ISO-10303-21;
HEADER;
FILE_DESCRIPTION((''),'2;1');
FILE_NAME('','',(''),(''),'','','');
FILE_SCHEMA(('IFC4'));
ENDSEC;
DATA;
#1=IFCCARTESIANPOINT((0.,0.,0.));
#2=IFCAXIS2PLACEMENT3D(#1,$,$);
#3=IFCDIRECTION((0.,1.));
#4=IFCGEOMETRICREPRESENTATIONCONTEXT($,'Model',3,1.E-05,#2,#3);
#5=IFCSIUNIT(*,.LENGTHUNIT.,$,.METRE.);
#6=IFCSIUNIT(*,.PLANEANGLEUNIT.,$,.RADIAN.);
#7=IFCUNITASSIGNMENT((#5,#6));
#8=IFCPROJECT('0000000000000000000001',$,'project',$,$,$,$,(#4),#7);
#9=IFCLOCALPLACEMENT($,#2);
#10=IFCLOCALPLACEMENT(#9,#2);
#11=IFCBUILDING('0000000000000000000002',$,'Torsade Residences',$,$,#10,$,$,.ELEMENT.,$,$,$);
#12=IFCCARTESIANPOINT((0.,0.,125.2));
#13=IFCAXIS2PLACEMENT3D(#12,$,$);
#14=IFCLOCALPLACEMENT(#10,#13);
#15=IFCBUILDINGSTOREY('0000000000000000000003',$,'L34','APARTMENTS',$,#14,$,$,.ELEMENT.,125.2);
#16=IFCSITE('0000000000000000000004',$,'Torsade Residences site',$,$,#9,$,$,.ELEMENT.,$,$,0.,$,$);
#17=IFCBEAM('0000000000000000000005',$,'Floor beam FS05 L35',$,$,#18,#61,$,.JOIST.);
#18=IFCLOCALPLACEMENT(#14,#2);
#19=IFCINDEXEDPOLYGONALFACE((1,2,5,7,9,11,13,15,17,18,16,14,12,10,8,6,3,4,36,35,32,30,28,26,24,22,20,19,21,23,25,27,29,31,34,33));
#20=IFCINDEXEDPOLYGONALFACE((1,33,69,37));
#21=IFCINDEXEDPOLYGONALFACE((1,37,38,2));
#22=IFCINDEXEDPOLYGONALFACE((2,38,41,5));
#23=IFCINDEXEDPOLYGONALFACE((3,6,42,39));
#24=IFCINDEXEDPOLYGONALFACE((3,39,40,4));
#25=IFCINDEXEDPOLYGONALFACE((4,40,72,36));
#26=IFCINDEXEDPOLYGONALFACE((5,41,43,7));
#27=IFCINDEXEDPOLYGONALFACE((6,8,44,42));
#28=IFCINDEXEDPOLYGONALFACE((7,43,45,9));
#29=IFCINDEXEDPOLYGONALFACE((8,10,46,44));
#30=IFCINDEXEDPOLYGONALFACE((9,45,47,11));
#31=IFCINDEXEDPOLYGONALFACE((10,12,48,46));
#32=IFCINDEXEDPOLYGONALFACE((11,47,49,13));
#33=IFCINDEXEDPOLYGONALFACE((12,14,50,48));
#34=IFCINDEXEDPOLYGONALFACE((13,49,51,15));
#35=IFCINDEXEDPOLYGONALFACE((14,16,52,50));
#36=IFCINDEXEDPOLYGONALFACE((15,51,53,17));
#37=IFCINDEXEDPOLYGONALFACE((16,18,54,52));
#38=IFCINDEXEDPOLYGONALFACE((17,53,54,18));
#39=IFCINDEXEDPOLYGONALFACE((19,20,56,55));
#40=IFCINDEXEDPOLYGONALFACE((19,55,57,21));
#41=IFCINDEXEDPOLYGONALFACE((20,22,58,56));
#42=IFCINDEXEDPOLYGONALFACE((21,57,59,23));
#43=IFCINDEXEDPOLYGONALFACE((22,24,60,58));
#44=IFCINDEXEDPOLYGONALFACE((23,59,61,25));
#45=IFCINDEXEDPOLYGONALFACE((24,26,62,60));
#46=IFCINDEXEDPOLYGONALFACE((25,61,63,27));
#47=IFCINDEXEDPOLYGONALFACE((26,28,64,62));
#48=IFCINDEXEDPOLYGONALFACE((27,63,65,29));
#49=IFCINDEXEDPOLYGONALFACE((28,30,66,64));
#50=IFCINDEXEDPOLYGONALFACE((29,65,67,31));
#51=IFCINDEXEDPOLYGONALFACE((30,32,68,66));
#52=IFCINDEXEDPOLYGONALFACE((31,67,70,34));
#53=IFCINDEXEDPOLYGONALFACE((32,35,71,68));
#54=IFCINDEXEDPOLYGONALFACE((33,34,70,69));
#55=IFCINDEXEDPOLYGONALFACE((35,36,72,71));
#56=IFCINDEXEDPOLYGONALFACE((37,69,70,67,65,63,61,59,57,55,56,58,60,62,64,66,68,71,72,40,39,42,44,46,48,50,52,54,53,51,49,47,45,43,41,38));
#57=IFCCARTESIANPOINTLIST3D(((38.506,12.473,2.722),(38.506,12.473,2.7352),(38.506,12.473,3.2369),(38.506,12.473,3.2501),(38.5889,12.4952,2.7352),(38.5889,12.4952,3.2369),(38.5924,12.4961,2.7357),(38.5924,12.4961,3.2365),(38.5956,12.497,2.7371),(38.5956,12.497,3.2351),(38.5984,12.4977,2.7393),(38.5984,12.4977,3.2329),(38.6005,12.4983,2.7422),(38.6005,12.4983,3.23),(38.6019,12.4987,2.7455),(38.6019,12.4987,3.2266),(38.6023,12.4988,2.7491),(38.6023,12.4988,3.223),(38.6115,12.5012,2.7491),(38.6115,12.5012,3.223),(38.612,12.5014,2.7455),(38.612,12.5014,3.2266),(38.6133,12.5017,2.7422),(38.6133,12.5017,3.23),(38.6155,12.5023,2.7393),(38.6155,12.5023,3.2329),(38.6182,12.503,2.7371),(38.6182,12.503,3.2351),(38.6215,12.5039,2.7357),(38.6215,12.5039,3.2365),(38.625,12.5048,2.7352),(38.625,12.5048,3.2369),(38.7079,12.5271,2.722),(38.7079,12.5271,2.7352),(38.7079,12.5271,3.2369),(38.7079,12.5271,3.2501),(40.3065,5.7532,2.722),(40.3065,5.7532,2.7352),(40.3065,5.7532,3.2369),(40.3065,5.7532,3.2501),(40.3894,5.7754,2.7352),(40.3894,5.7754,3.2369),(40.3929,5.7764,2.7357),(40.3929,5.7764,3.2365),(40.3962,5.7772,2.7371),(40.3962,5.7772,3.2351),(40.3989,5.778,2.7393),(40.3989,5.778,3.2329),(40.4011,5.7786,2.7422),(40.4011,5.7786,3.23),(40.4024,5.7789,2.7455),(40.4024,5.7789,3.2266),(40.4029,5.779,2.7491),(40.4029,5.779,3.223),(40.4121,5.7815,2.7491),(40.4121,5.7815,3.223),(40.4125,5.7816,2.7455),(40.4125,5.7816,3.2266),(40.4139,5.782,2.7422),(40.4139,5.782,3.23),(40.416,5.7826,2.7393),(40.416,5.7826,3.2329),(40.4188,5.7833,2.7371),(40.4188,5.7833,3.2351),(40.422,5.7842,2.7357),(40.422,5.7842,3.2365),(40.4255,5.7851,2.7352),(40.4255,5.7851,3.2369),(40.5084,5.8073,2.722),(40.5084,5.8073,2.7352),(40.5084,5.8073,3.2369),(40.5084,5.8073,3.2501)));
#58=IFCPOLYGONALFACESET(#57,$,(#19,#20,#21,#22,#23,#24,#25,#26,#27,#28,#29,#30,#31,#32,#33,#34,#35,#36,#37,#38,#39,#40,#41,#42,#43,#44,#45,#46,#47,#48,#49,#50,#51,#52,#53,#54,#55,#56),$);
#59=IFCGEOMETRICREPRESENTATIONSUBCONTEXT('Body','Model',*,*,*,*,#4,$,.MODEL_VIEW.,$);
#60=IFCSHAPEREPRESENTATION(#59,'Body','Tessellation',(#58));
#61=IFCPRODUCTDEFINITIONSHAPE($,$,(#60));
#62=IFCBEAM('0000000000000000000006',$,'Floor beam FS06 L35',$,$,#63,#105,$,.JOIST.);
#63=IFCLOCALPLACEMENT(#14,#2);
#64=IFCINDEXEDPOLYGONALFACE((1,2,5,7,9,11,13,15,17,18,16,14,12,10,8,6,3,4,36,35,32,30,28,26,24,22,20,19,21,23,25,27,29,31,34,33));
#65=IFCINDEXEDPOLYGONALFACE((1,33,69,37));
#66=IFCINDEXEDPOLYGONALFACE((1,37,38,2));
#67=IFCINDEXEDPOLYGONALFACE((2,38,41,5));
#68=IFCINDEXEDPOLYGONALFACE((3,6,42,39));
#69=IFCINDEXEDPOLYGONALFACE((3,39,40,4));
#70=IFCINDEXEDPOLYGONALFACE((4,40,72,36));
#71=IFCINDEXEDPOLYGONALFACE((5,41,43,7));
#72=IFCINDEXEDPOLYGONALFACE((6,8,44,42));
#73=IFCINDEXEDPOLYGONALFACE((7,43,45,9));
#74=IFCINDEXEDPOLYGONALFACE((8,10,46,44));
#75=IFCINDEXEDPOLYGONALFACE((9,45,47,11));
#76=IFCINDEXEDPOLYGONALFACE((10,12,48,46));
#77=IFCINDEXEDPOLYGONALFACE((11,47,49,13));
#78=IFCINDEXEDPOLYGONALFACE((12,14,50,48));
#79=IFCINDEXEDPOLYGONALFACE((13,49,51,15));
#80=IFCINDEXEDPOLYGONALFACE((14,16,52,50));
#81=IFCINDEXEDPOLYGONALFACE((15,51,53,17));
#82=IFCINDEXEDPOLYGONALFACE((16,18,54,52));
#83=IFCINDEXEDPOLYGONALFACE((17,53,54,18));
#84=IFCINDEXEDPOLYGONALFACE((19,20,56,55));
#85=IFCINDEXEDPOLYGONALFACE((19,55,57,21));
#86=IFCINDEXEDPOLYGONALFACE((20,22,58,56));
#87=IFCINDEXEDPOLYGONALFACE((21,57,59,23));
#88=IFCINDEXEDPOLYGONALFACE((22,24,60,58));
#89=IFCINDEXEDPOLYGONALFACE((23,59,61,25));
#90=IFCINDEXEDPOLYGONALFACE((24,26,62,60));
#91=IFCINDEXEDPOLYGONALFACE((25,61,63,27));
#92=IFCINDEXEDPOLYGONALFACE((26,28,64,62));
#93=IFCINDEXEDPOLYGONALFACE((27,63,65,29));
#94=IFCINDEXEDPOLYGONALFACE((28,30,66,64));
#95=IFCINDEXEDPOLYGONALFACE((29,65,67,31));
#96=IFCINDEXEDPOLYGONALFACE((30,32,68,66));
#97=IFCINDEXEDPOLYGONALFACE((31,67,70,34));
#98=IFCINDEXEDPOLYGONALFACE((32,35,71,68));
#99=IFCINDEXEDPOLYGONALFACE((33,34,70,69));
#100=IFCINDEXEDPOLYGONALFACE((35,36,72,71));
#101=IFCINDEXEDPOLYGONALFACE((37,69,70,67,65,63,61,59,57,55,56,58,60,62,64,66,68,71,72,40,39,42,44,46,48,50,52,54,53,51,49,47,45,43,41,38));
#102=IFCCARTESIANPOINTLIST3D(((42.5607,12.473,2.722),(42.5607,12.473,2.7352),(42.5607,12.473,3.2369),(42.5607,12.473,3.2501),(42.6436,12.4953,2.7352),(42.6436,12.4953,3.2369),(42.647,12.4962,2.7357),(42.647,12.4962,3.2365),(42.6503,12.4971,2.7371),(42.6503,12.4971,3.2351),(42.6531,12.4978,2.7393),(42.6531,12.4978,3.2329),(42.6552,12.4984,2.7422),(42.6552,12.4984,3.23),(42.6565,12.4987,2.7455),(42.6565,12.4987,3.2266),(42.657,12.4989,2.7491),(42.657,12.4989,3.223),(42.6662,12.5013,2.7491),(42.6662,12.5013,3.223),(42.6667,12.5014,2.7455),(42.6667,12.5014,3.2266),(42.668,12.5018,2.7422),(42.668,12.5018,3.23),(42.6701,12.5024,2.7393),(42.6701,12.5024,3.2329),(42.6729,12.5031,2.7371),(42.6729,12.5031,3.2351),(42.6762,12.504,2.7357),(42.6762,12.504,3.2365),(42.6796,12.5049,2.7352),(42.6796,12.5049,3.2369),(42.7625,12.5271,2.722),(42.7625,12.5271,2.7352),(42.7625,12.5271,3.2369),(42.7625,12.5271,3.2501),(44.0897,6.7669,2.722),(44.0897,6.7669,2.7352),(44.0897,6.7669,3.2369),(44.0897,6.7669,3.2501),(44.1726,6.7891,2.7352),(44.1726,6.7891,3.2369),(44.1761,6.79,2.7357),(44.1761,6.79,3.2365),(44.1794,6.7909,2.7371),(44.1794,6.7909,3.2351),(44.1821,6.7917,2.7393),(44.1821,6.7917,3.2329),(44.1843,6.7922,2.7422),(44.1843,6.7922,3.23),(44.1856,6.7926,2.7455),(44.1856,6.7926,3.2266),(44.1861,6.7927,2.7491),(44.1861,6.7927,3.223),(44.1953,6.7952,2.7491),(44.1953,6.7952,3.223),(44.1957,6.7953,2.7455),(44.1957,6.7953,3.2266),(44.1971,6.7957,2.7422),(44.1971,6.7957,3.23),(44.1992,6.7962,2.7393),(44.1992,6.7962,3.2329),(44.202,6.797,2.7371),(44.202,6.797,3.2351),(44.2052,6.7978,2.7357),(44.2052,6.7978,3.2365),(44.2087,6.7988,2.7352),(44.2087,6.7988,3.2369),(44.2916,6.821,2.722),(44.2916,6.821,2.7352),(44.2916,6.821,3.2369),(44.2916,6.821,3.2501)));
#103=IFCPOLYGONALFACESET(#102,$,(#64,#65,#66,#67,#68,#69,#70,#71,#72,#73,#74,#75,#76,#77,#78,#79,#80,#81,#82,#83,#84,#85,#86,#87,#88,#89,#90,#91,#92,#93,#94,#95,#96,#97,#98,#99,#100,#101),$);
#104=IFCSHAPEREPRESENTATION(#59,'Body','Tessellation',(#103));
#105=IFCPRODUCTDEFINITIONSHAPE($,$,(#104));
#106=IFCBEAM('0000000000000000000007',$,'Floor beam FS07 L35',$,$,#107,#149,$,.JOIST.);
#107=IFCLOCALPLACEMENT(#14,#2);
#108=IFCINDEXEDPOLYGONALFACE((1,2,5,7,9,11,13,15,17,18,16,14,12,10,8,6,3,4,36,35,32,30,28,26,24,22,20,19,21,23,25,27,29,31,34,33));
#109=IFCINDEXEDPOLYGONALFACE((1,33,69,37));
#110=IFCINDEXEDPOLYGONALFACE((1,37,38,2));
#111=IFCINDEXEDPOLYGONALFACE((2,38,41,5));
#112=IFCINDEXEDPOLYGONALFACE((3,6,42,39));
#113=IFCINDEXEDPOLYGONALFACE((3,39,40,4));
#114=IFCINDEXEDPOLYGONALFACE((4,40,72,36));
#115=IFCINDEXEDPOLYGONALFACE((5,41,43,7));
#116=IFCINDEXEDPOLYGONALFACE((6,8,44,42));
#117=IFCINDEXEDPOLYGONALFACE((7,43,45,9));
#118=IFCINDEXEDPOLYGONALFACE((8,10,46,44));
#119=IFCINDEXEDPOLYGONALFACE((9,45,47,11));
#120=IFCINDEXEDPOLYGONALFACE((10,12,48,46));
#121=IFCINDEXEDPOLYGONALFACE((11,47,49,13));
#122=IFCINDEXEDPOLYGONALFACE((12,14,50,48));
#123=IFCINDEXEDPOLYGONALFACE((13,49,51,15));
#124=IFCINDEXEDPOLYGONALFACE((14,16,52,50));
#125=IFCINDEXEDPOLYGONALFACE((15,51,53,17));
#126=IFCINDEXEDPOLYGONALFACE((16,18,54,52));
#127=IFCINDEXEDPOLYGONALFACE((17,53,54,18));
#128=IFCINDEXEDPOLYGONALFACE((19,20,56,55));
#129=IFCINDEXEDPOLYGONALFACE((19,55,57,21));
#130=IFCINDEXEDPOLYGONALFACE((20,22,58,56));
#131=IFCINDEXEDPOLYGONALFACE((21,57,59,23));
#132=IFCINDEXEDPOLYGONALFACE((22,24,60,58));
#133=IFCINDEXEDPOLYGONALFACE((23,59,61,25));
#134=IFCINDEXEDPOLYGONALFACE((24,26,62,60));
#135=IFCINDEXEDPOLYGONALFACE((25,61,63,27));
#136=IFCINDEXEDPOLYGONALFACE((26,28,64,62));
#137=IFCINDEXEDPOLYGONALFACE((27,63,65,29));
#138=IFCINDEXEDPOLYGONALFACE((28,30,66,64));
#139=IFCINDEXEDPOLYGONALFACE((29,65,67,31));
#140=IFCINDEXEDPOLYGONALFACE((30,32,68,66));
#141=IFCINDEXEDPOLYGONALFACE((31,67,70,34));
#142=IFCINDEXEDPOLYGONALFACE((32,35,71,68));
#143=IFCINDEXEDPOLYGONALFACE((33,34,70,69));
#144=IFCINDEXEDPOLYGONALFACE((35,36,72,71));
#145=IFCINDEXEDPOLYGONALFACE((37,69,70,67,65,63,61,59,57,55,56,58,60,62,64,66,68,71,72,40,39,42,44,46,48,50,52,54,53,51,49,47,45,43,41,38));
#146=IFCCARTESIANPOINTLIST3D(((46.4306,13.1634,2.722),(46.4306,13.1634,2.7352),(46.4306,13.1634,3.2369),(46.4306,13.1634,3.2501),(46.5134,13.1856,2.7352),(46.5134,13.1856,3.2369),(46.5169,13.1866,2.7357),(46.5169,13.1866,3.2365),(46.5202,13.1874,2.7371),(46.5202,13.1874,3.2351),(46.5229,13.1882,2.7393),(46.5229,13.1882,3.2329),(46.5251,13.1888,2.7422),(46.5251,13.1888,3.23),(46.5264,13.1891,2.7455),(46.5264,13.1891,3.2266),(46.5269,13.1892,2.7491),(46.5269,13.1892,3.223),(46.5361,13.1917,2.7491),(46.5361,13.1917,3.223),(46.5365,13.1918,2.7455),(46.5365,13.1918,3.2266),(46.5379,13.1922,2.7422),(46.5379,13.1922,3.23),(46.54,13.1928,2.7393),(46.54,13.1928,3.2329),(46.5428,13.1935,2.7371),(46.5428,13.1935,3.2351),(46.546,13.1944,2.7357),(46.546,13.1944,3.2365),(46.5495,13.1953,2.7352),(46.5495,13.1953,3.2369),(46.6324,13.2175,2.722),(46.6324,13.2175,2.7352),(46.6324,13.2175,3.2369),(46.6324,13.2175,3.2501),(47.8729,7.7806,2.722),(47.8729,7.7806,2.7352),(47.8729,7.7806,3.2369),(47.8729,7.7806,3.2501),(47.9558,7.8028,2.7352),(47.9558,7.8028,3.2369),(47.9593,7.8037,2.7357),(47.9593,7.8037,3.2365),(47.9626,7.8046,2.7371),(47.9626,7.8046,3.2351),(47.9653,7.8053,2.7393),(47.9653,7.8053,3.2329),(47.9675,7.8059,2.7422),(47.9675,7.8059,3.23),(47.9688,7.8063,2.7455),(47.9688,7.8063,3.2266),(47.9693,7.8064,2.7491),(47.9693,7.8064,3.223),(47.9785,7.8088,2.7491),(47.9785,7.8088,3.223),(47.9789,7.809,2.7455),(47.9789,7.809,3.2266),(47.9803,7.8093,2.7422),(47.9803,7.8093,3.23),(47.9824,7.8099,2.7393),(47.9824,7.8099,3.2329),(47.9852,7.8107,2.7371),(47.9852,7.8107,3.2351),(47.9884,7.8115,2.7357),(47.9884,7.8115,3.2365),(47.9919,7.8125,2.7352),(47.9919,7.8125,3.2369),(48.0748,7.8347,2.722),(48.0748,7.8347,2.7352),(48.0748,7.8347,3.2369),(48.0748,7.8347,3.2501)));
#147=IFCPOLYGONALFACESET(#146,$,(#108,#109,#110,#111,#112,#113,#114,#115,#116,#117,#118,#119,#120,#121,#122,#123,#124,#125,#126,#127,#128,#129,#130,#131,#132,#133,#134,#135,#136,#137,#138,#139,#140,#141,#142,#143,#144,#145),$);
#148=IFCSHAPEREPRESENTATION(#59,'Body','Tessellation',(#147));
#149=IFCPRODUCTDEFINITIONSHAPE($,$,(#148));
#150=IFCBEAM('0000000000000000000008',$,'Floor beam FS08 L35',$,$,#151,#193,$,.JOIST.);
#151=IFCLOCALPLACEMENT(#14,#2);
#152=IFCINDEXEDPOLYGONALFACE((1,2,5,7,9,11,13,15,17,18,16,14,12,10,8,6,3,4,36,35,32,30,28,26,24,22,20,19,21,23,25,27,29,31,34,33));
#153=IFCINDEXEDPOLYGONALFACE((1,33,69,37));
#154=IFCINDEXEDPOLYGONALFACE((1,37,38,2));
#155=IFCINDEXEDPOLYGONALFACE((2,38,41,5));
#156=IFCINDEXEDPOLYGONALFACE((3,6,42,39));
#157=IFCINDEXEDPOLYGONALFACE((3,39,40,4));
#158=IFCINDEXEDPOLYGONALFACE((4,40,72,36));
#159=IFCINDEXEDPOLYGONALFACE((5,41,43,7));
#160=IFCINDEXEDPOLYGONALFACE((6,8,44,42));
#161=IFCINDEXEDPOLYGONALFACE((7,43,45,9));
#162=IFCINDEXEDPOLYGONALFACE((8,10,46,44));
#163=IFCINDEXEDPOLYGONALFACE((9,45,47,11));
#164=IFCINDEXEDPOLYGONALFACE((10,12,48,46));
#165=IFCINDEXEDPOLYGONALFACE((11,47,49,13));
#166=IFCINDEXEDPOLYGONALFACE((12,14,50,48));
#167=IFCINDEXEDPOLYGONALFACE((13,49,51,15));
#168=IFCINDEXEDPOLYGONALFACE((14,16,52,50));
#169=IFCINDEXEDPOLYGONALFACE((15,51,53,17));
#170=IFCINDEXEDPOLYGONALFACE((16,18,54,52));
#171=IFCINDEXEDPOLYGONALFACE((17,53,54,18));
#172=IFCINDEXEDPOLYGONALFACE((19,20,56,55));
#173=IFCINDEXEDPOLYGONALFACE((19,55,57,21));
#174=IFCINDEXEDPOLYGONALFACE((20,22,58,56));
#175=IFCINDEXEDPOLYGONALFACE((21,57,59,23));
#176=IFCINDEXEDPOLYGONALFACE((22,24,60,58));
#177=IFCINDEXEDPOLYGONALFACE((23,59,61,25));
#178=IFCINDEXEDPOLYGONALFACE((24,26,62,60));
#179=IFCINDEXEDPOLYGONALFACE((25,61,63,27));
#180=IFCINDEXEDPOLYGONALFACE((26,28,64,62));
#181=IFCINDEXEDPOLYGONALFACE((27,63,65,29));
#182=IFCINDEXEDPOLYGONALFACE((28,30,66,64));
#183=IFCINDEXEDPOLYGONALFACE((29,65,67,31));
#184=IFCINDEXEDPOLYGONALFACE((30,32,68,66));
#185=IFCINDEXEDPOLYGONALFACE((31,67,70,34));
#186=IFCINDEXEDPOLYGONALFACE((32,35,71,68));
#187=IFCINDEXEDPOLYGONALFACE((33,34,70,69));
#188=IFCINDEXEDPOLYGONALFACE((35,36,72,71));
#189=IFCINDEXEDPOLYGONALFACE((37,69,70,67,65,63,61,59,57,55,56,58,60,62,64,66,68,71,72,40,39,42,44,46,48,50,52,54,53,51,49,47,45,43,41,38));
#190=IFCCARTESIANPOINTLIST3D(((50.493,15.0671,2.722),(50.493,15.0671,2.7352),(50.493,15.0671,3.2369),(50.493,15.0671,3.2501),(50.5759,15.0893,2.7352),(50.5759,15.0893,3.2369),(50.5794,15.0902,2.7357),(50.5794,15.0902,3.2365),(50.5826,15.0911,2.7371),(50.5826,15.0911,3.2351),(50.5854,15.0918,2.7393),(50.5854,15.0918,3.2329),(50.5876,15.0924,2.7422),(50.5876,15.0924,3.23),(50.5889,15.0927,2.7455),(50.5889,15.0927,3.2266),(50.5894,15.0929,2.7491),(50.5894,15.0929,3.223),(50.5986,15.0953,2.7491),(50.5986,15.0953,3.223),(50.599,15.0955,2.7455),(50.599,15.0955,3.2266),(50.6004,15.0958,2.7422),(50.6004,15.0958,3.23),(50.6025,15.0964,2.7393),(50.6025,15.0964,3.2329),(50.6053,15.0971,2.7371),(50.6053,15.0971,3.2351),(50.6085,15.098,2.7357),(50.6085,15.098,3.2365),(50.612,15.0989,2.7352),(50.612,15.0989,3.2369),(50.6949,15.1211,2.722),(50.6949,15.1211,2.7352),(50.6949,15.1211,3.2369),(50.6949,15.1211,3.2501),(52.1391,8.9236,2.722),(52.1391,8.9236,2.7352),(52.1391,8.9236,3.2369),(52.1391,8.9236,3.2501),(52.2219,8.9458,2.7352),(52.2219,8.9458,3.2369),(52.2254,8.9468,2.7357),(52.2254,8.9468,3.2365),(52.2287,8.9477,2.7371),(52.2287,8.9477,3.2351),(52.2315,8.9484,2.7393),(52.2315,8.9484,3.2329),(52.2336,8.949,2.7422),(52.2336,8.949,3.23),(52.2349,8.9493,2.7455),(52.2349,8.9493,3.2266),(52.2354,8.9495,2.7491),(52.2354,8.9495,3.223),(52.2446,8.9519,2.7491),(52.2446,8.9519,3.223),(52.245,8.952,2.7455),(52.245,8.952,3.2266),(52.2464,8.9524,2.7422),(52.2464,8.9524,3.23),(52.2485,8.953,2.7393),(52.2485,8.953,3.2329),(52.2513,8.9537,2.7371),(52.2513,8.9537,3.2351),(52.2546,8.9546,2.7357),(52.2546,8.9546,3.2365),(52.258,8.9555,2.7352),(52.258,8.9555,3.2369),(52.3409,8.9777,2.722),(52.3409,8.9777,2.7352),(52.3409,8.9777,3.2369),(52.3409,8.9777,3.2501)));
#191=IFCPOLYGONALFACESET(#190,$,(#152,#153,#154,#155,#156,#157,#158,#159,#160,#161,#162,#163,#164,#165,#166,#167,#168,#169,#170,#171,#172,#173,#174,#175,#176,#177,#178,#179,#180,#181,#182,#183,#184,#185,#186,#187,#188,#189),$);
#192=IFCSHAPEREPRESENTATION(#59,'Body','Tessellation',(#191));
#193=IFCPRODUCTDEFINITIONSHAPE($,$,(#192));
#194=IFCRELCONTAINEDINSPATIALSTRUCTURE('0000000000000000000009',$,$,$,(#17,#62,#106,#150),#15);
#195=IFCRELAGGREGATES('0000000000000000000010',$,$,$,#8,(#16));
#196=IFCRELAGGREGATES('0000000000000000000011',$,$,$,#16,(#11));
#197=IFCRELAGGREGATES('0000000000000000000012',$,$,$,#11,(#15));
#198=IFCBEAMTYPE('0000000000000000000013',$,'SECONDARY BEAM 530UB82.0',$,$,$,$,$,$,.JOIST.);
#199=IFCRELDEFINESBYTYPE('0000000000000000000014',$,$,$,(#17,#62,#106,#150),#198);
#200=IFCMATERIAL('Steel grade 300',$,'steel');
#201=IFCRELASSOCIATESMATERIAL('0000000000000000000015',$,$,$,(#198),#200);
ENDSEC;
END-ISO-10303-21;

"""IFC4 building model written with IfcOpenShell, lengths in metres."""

from ifc_helpers import new_model, si_unit, direction, frame, origin, origin_2d, place, context, subcontext, project, spatial, i_section, extrude, material, material_profile, profile_set, type_object, element, save


model = new_model("IFC4")

# Units and contexts
model_context = context("Model", 3, precision=1e-05, world=origin(), true_north=direction((0.0, 1.0)))
body_context = subcontext(model_context, "Body", "Model", "MODEL_VIEW")
ifc_project = project(units=[si_unit("LENGTHUNIT", "METRE"), si_unit("PLANEANGLEUNIT", "RADIAN")], contexts=[model_context])

# Site, building, storey
site_placement = place(None, origin())
site = spatial("IfcSite", under=ifc_project, at=site_placement, Name="Torsade Residences site", CompositionType="ELEMENT", RefElevation=0.0)
building_placement = place(site_placement, origin())
building = spatial("IfcBuilding", under=site, at=building_placement, Name="Torsade Residences", CompositionType="ELEMENT")
storey_placement = place(building_placement, frame((0.0, 0.0, 125.2)))
storey = spatial("IfcBuildingStorey", under=building, at=storey_placement, Name="L34", Description="APARTMENTS", CompositionType="ELEMENT", Elevation=125.2)

# Beams
ifc_material_1 = material(Name="Steel grade 300", Category="steel")
ifc_material_profile_1 = material_profile(ifc_material_1, i_section(OverallWidth=0.209, OverallDepth=0.5281, WebThickness=0.0095, FlangeThickness=0.0132, FilletRadius=0.0139, at=origin_2d()), Name="530UB82.0")
ifc_profile_set_1 = profile_set([ifc_material_profile_1], Name="Steel grade 300")
beam_type_1 = type_object("IfcBeamType", Name="SECONDARY BEAM 530UB82.0", PredefinedType="JOIST", material=ifc_profile_set_1)
beam_1_placement = place(storey_placement, frame((40.4075, 5.7803, 2.9861), z_axis=(-0.258818, 0.965926, 0.0), x_axis=(-0.965926, -0.258818, 0.0)))
element("IfcBeam", 1, at=beam_1_placement, inside=storey, type_object=beam_type_1, Name="Floor beam FS05 L35", PredefinedType="JOIST", context=body_context, shape_type="SweptSolid", body=[
    extrude(i_section(OverallWidth=0.209, OverallDepth=0.5281, WebThickness=0.0095, FlangeThickness=0.0132, FilletRadius=0.0139, at=origin_2d()), origin(), (0.0, 0.0, 1.0), 6.9568),
])
beam_2_placement = place(storey_placement, frame((44.1907, 6.7939, 2.9861), z_axis=(-0.258838, 0.965921, 0.0), x_axis=(-0.965921, -0.258838, 0.0)))
element("IfcBeam", 2, at=beam_2_placement, inside=storey, type_object=beam_type_1, Name="Floor beam FS06 L35", PredefinedType="JOIST", context=body_context, shape_type="SweptSolid", body=[
    extrude(i_section(OverallWidth=0.209, OverallDepth=0.5281, WebThickness=0.0095, FlangeThickness=0.0132, FilletRadius=0.0139, at=origin_2d()), origin(), (0.0, 0.0, 1.0), 5.9075),
])
beam_3_placement = place(storey_placement, frame((47.9739, 7.8076, 2.9861), z_axis=(-0.25883, 0.965923, 0.0), x_axis=(-0.965923, -0.25883, 0.0)))
element("IfcBeam", 3, at=beam_3_placement, inside=storey, type_object=beam_type_1, Name="Floor beam FS07 L35", PredefinedType="JOIST", context=body_context, shape_type="SweptSolid", body=[
    extrude(i_section(OverallWidth=0.209, OverallDepth=0.5281, WebThickness=0.0095, FlangeThickness=0.0132, FilletRadius=0.0139, at=origin_2d()), origin(), (0.0, 0.0, 1.0), 5.5728),
])
beam_4_placement = place(storey_placement, frame((52.24, 8.9507, 2.9861), z_axis=(-0.258805, 0.96593, 0.0), x_axis=(-0.96593, -0.258805, 0.0)))
element("IfcBeam", 4, at=beam_4_placement, inside=storey, type_object=beam_type_1, Name="Floor beam FS08 L35", PredefinedType="JOIST", context=body_context, shape_type="SweptSolid", body=[
    extrude(i_section(OverallWidth=0.209, OverallDepth=0.5281, WebThickness=0.0095, FlangeThickness=0.0132, FilletRadius=0.0139, at=origin_2d()), origin(), (0.0, 0.0, 1.0), 6.3601),
])

save(model, "model.ifc")
